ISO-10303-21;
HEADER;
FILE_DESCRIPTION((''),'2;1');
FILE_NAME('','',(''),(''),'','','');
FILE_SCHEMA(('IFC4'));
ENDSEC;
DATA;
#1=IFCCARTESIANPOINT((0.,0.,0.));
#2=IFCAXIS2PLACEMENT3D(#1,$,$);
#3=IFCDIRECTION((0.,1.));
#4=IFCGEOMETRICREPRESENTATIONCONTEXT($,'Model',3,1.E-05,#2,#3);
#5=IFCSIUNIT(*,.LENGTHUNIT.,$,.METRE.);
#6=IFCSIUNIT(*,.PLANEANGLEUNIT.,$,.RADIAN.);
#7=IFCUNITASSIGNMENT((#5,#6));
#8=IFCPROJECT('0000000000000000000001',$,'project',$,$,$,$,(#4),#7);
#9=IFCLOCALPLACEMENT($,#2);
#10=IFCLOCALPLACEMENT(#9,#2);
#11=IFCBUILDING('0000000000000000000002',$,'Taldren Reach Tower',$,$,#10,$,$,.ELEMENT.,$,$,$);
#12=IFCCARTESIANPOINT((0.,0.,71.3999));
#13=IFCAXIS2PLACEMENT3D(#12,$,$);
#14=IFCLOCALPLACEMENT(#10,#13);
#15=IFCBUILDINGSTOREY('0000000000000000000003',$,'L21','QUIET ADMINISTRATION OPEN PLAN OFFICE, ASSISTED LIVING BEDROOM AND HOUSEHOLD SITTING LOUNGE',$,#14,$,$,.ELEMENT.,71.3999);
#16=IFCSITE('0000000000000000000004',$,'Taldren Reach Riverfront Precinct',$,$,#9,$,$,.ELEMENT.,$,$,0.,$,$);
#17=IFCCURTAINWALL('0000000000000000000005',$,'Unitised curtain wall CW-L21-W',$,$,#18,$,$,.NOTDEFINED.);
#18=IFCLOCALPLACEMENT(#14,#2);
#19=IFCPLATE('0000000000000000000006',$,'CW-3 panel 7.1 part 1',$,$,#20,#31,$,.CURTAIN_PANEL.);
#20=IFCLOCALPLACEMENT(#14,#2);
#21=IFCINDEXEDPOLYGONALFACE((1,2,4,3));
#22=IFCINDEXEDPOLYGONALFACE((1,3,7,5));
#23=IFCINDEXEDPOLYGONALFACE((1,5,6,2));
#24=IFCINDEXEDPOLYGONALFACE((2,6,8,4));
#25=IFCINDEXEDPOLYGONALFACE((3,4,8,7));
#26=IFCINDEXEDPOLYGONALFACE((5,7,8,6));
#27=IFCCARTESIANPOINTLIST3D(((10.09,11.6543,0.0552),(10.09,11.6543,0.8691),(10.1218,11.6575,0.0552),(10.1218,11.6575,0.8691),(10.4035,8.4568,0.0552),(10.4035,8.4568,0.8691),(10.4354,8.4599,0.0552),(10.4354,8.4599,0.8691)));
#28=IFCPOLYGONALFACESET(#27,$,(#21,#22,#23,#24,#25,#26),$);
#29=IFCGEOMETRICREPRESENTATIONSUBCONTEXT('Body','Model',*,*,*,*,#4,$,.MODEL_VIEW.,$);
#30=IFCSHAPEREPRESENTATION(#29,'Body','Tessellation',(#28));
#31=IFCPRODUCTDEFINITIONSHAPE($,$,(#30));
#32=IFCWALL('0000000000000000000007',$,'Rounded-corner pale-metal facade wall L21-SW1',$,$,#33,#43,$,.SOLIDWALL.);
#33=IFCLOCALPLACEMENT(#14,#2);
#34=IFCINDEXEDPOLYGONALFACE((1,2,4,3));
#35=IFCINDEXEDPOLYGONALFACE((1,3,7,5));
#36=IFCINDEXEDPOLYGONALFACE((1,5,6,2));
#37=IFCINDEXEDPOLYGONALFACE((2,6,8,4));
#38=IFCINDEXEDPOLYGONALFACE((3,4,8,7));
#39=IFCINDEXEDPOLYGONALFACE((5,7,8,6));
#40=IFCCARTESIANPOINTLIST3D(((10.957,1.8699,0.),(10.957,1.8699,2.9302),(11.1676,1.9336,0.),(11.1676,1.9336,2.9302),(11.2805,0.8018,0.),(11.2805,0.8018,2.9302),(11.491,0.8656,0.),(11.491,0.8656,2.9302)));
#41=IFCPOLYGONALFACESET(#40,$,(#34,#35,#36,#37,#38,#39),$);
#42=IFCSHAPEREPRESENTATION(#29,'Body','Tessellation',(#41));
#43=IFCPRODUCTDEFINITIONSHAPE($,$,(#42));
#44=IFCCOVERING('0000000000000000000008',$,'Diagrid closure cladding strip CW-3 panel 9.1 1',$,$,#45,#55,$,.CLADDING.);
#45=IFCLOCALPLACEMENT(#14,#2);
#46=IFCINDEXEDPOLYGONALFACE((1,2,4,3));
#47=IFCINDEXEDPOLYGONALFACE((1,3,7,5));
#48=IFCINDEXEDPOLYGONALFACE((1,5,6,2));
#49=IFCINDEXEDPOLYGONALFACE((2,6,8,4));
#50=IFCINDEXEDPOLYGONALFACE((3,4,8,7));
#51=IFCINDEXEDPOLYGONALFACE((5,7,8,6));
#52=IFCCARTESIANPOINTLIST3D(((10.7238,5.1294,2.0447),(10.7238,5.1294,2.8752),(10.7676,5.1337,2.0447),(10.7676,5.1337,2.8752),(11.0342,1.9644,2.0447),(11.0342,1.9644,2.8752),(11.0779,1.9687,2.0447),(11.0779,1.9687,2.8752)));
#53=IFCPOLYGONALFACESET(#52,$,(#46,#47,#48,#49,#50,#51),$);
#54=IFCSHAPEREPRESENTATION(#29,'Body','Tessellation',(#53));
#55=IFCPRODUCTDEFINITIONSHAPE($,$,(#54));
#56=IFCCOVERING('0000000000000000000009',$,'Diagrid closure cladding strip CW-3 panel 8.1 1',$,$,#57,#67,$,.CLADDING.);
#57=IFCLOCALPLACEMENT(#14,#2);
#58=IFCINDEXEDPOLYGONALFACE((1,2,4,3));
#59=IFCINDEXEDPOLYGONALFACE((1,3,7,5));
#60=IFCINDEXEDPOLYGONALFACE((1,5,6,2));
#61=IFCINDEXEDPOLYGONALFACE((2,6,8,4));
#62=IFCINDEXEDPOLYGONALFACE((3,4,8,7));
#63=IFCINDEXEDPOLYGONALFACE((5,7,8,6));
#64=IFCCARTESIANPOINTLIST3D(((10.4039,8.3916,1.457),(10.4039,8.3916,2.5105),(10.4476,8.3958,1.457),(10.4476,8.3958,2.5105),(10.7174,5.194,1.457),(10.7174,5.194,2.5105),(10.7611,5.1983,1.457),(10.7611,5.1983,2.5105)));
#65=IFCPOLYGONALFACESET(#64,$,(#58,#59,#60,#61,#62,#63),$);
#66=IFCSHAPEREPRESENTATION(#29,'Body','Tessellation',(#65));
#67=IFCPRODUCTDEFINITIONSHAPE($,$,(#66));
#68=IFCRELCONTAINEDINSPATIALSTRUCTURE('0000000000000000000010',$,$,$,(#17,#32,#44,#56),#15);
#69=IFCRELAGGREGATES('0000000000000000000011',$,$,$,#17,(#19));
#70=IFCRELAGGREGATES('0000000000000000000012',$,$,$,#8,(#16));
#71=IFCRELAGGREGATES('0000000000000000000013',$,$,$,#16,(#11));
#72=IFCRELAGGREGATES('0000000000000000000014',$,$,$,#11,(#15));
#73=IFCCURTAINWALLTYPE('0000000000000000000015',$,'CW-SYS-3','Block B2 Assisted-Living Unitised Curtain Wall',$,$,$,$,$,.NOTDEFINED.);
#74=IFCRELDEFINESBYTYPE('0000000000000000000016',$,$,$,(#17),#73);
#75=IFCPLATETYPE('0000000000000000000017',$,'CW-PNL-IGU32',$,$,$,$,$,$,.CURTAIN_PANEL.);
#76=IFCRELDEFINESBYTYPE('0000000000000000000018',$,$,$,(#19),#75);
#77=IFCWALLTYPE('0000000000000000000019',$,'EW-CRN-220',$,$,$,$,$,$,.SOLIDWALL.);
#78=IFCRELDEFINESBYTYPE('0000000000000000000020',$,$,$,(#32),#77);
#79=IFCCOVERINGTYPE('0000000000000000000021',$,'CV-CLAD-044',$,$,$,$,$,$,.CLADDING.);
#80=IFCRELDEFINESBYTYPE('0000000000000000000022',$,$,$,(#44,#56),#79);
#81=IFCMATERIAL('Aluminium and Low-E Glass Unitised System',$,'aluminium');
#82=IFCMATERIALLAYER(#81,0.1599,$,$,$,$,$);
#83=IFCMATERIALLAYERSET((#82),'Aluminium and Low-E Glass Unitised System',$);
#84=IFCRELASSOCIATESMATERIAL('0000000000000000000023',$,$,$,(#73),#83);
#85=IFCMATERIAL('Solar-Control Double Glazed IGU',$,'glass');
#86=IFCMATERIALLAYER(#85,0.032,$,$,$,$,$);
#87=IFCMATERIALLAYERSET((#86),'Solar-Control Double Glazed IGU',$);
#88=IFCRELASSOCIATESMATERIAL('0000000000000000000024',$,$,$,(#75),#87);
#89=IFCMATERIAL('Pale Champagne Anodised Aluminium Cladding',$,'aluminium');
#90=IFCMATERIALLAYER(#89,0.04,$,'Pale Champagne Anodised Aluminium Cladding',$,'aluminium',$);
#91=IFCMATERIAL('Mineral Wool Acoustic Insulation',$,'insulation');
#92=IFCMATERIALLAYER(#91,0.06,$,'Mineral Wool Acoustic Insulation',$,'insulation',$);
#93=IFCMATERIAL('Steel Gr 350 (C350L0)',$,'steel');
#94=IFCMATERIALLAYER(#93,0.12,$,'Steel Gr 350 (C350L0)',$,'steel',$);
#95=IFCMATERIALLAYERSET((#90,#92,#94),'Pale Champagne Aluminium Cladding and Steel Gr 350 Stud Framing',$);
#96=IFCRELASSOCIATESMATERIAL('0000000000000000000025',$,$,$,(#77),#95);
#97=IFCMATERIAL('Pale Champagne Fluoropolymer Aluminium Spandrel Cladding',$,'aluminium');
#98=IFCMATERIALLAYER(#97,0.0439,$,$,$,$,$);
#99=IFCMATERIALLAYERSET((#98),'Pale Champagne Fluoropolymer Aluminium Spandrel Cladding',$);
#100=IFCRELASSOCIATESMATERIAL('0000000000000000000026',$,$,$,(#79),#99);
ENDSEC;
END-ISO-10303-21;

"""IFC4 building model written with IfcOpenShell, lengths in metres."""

from ifc_helpers import new_model, si_unit, direction, frame, frame_2d, origin, origin_2d, place, context, subcontext, project, spatial, rectangle, extrude, source, transform, mapped, material, layer, layer_set, type_object, element, aggregate, save


model = new_model("IFC4")

# Units and contexts
model_context = context("Model", 3, precision=1e-05, world=origin(), true_north=direction((0.0, 1.0)))
body_context = subcontext(model_context, "Body", "Model", "MODEL_VIEW")
ifc_project = project(units=[si_unit("LENGTHUNIT", "METRE"), si_unit("PLANEANGLEUNIT", "RADIAN")], contexts=[model_context])

# Site, building, storey
site_placement = place(None, origin())
site = spatial("IfcSite", under=ifc_project, at=site_placement, Name="Taldren Reach Riverfront Precinct", CompositionType="ELEMENT", RefElevation=0.0)
building_placement = place(site_placement, origin())
building = spatial("IfcBuilding", under=site, at=building_placement, Name="Taldren Reach Tower", CompositionType="ELEMENT")
storey_placement = place(building_placement, frame((0.0, 0.0, 71.3999)))
storey = spatial("IfcBuildingStorey", under=building, at=storey_placement, Name="L21", Description="QUIET ADMINISTRATION OPEN PLAN OFFICE, ASSISTED LIVING BEDROOM AND HOUSEHOLD SITTING LOUNGE", CompositionType="ELEMENT", Elevation=71.3999)

# Shared definitions
ifc_material_1 = material(Name="Steel Gr 350 (C350L0)", Category="steel")

# Curtain wall
ifc_material_2 = material(Name="Aluminium and Low-E Glass Unitised System", Category="aluminium")
ifc_layer_1 = layer(ifc_material_2, 0.1599)
ifc_layer_set_1 = layer_set([ifc_layer_1], Name="Aluminium and Low-E Glass Unitised System")
curtain_wall_type = type_object("IfcCurtainWallType", Name="CW-SYS-3", Description="Block B2 Assisted-Living Unitised Curtain Wall", PredefinedType="NOTDEFINED", material=ifc_layer_set_1)
curtain_wall_placement = place(storey_placement, origin())
curtain_wall = element("IfcCurtainWall", 1, at=curtain_wall_placement, inside=storey, type_object=curtain_wall_type, Name="Unitised curtain wall CW-L21-W", PredefinedType="NOTDEFINED")

# Plate
ifc_material_3 = material(Name="Solar-Control Double Glazed IGU", Category="glass")
ifc_layer_2 = layer(ifc_material_3, 0.032)
ifc_layer_set_2 = layer_set([ifc_layer_2], Name="Solar-Control Double Glazed IGU")
plate_type_1 = type_object("IfcPlateType", Name="CW-PNL-IGU32", PredefinedType="CURTAIN_PANEL", material=ifc_layer_set_2)
shared_shape_1 = source(origin(), body_context, "Body", "SweptSolid", [
    extrude(rectangle(XDim=3.2129, YDim=0.032, at=origin_2d()), origin(), (0.0, 0.0, 1.0), 0.814),
])
plate_1_placement = place(storey_placement, frame((10.2627, 10.0571, 0.0552), z_axis=(0.0, 0.0, 1.0), x_axis=(0.097583, -0.995227, 0.0)))
plate_1 = element("IfcPlate", 2, at=plate_1_placement, type_object=plate_type_1, Name="CW-3 panel 7.1 part 1", PredefinedType="CURTAIN_PANEL", context=body_context, shape_type="MappedRepresentation", body=[
    mapped(shared_shape_1, transform((0.0, 0.0, 0.0), scale=1.0)),
])
aggregate(curtain_wall, [plate_1])

# Wall
ifc_material_4 = material(Name="Pale Champagne Anodised Aluminium Cladding", Category="aluminium")
ifc_layer_3 = layer(ifc_material_4, 0.04, Name="Pale Champagne Anodised Aluminium Cladding", Category="aluminium")
ifc_material_5 = material(Name="Mineral Wool Acoustic Insulation", Category="insulation")
ifc_layer_4 = layer(ifc_material_5, 0.06, Name="Mineral Wool Acoustic Insulation", Category="insulation")
ifc_layer_5 = layer(ifc_material_1, 0.12, Name="Steel Gr 350 (C350L0)", Category="steel")
ifc_layer_set_3 = layer_set([ifc_layer_3, ifc_layer_4, ifc_layer_5], Name="Pale Champagne Aluminium Cladding and Steel Gr 350 Stud Framing")
wall_type = type_object("IfcWallType", Name="EW-CRN-220", PredefinedType="SOLIDWALL", material=ifc_layer_set_3)
shared_shape_2 = source(origin(), body_context, "Body", "SweptSolid", [
    extrude(rectangle(XDim=1.116, YDim=0.22, at=frame_2d((0.5581, 0.0))), origin(), (0.0, 0.0, 1.0), 2.9302),
])
wall_placement = place(storey_placement, frame((11.0623, 1.9019, 0.0), z_axis=(0.0, 0.0, 1.0), x_axis=(0.289856, -0.95707, 0.0)))
element("IfcWall", 3, at=wall_placement, inside=storey, type_object=wall_type, Name="Rounded-corner pale-metal facade wall L21-SW1", PredefinedType="SOLIDWALL", context=body_context, shape_type="MappedRepresentation", body=[
    mapped(shared_shape_2, transform((0.0, 0.0, 0.0), scale=1.0)),
])

# Coverings
ifc_material_6 = material(Name="Pale Champagne Fluoropolymer Aluminium Spandrel Cladding", Category="aluminium")
ifc_layer_6 = layer(ifc_material_6, 0.0439)
ifc_layer_set_4 = layer_set([ifc_layer_6], Name="Pale Champagne Fluoropolymer Aluminium Spandrel Cladding")
covering_type = type_object("IfcCoveringType", Name="CV-CLAD-044", PredefinedType="CLADDING", material=ifc_layer_set_4)
shared_shape_3 = source(origin(), body_context, "Body", "SweptSolid", [
    extrude(rectangle(XDim=3.1802, YDim=0.0439, at=origin_2d()), origin(), (0.0, 0.0, 1.0), 0.8306),
])
covering_1_placement = place(storey_placement, frame((10.9009, 3.5491, 2.0447), z_axis=(0.0, 0.0, 1.0), x_axis=(0.097583, -0.995227, 0.0)))
element("IfcCovering", 4, at=covering_1_placement, inside=storey, type_object=covering_type, Name="Diagrid closure cladding strip CW-3 panel 9.1 1", PredefinedType="CLADDING", context=body_context, shape_type="MappedRepresentation", body=[
    mapped(shared_shape_3, transform((0.0, 0.0, 0.0), scale=1.0)),
])
shared_shape_4 = source(origin(), body_context, "Body", "SweptSolid", [
    extrude(rectangle(XDim=3.2129, YDim=0.0439, at=origin_2d()), origin(), (0.0, 0.0, 1.0), 1.0535),
])
covering_2_placement = place(storey_placement, frame((10.5825, 6.7949, 1.457), z_axis=(0.0, 0.0, 1.0), x_axis=(0.097583, -0.995227, 0.0)))
element("IfcCovering", 5, at=covering_2_placement, inside=storey, type_object=covering_type, Name="Diagrid closure cladding strip CW-3 panel 8.1 1", PredefinedType="CLADDING", context=body_context, shape_type="MappedRepresentation", body=[
    mapped(shared_shape_4, transform((0.0, 0.0, 0.0), scale=1.0)),
])

save(model, "model.ifc")
